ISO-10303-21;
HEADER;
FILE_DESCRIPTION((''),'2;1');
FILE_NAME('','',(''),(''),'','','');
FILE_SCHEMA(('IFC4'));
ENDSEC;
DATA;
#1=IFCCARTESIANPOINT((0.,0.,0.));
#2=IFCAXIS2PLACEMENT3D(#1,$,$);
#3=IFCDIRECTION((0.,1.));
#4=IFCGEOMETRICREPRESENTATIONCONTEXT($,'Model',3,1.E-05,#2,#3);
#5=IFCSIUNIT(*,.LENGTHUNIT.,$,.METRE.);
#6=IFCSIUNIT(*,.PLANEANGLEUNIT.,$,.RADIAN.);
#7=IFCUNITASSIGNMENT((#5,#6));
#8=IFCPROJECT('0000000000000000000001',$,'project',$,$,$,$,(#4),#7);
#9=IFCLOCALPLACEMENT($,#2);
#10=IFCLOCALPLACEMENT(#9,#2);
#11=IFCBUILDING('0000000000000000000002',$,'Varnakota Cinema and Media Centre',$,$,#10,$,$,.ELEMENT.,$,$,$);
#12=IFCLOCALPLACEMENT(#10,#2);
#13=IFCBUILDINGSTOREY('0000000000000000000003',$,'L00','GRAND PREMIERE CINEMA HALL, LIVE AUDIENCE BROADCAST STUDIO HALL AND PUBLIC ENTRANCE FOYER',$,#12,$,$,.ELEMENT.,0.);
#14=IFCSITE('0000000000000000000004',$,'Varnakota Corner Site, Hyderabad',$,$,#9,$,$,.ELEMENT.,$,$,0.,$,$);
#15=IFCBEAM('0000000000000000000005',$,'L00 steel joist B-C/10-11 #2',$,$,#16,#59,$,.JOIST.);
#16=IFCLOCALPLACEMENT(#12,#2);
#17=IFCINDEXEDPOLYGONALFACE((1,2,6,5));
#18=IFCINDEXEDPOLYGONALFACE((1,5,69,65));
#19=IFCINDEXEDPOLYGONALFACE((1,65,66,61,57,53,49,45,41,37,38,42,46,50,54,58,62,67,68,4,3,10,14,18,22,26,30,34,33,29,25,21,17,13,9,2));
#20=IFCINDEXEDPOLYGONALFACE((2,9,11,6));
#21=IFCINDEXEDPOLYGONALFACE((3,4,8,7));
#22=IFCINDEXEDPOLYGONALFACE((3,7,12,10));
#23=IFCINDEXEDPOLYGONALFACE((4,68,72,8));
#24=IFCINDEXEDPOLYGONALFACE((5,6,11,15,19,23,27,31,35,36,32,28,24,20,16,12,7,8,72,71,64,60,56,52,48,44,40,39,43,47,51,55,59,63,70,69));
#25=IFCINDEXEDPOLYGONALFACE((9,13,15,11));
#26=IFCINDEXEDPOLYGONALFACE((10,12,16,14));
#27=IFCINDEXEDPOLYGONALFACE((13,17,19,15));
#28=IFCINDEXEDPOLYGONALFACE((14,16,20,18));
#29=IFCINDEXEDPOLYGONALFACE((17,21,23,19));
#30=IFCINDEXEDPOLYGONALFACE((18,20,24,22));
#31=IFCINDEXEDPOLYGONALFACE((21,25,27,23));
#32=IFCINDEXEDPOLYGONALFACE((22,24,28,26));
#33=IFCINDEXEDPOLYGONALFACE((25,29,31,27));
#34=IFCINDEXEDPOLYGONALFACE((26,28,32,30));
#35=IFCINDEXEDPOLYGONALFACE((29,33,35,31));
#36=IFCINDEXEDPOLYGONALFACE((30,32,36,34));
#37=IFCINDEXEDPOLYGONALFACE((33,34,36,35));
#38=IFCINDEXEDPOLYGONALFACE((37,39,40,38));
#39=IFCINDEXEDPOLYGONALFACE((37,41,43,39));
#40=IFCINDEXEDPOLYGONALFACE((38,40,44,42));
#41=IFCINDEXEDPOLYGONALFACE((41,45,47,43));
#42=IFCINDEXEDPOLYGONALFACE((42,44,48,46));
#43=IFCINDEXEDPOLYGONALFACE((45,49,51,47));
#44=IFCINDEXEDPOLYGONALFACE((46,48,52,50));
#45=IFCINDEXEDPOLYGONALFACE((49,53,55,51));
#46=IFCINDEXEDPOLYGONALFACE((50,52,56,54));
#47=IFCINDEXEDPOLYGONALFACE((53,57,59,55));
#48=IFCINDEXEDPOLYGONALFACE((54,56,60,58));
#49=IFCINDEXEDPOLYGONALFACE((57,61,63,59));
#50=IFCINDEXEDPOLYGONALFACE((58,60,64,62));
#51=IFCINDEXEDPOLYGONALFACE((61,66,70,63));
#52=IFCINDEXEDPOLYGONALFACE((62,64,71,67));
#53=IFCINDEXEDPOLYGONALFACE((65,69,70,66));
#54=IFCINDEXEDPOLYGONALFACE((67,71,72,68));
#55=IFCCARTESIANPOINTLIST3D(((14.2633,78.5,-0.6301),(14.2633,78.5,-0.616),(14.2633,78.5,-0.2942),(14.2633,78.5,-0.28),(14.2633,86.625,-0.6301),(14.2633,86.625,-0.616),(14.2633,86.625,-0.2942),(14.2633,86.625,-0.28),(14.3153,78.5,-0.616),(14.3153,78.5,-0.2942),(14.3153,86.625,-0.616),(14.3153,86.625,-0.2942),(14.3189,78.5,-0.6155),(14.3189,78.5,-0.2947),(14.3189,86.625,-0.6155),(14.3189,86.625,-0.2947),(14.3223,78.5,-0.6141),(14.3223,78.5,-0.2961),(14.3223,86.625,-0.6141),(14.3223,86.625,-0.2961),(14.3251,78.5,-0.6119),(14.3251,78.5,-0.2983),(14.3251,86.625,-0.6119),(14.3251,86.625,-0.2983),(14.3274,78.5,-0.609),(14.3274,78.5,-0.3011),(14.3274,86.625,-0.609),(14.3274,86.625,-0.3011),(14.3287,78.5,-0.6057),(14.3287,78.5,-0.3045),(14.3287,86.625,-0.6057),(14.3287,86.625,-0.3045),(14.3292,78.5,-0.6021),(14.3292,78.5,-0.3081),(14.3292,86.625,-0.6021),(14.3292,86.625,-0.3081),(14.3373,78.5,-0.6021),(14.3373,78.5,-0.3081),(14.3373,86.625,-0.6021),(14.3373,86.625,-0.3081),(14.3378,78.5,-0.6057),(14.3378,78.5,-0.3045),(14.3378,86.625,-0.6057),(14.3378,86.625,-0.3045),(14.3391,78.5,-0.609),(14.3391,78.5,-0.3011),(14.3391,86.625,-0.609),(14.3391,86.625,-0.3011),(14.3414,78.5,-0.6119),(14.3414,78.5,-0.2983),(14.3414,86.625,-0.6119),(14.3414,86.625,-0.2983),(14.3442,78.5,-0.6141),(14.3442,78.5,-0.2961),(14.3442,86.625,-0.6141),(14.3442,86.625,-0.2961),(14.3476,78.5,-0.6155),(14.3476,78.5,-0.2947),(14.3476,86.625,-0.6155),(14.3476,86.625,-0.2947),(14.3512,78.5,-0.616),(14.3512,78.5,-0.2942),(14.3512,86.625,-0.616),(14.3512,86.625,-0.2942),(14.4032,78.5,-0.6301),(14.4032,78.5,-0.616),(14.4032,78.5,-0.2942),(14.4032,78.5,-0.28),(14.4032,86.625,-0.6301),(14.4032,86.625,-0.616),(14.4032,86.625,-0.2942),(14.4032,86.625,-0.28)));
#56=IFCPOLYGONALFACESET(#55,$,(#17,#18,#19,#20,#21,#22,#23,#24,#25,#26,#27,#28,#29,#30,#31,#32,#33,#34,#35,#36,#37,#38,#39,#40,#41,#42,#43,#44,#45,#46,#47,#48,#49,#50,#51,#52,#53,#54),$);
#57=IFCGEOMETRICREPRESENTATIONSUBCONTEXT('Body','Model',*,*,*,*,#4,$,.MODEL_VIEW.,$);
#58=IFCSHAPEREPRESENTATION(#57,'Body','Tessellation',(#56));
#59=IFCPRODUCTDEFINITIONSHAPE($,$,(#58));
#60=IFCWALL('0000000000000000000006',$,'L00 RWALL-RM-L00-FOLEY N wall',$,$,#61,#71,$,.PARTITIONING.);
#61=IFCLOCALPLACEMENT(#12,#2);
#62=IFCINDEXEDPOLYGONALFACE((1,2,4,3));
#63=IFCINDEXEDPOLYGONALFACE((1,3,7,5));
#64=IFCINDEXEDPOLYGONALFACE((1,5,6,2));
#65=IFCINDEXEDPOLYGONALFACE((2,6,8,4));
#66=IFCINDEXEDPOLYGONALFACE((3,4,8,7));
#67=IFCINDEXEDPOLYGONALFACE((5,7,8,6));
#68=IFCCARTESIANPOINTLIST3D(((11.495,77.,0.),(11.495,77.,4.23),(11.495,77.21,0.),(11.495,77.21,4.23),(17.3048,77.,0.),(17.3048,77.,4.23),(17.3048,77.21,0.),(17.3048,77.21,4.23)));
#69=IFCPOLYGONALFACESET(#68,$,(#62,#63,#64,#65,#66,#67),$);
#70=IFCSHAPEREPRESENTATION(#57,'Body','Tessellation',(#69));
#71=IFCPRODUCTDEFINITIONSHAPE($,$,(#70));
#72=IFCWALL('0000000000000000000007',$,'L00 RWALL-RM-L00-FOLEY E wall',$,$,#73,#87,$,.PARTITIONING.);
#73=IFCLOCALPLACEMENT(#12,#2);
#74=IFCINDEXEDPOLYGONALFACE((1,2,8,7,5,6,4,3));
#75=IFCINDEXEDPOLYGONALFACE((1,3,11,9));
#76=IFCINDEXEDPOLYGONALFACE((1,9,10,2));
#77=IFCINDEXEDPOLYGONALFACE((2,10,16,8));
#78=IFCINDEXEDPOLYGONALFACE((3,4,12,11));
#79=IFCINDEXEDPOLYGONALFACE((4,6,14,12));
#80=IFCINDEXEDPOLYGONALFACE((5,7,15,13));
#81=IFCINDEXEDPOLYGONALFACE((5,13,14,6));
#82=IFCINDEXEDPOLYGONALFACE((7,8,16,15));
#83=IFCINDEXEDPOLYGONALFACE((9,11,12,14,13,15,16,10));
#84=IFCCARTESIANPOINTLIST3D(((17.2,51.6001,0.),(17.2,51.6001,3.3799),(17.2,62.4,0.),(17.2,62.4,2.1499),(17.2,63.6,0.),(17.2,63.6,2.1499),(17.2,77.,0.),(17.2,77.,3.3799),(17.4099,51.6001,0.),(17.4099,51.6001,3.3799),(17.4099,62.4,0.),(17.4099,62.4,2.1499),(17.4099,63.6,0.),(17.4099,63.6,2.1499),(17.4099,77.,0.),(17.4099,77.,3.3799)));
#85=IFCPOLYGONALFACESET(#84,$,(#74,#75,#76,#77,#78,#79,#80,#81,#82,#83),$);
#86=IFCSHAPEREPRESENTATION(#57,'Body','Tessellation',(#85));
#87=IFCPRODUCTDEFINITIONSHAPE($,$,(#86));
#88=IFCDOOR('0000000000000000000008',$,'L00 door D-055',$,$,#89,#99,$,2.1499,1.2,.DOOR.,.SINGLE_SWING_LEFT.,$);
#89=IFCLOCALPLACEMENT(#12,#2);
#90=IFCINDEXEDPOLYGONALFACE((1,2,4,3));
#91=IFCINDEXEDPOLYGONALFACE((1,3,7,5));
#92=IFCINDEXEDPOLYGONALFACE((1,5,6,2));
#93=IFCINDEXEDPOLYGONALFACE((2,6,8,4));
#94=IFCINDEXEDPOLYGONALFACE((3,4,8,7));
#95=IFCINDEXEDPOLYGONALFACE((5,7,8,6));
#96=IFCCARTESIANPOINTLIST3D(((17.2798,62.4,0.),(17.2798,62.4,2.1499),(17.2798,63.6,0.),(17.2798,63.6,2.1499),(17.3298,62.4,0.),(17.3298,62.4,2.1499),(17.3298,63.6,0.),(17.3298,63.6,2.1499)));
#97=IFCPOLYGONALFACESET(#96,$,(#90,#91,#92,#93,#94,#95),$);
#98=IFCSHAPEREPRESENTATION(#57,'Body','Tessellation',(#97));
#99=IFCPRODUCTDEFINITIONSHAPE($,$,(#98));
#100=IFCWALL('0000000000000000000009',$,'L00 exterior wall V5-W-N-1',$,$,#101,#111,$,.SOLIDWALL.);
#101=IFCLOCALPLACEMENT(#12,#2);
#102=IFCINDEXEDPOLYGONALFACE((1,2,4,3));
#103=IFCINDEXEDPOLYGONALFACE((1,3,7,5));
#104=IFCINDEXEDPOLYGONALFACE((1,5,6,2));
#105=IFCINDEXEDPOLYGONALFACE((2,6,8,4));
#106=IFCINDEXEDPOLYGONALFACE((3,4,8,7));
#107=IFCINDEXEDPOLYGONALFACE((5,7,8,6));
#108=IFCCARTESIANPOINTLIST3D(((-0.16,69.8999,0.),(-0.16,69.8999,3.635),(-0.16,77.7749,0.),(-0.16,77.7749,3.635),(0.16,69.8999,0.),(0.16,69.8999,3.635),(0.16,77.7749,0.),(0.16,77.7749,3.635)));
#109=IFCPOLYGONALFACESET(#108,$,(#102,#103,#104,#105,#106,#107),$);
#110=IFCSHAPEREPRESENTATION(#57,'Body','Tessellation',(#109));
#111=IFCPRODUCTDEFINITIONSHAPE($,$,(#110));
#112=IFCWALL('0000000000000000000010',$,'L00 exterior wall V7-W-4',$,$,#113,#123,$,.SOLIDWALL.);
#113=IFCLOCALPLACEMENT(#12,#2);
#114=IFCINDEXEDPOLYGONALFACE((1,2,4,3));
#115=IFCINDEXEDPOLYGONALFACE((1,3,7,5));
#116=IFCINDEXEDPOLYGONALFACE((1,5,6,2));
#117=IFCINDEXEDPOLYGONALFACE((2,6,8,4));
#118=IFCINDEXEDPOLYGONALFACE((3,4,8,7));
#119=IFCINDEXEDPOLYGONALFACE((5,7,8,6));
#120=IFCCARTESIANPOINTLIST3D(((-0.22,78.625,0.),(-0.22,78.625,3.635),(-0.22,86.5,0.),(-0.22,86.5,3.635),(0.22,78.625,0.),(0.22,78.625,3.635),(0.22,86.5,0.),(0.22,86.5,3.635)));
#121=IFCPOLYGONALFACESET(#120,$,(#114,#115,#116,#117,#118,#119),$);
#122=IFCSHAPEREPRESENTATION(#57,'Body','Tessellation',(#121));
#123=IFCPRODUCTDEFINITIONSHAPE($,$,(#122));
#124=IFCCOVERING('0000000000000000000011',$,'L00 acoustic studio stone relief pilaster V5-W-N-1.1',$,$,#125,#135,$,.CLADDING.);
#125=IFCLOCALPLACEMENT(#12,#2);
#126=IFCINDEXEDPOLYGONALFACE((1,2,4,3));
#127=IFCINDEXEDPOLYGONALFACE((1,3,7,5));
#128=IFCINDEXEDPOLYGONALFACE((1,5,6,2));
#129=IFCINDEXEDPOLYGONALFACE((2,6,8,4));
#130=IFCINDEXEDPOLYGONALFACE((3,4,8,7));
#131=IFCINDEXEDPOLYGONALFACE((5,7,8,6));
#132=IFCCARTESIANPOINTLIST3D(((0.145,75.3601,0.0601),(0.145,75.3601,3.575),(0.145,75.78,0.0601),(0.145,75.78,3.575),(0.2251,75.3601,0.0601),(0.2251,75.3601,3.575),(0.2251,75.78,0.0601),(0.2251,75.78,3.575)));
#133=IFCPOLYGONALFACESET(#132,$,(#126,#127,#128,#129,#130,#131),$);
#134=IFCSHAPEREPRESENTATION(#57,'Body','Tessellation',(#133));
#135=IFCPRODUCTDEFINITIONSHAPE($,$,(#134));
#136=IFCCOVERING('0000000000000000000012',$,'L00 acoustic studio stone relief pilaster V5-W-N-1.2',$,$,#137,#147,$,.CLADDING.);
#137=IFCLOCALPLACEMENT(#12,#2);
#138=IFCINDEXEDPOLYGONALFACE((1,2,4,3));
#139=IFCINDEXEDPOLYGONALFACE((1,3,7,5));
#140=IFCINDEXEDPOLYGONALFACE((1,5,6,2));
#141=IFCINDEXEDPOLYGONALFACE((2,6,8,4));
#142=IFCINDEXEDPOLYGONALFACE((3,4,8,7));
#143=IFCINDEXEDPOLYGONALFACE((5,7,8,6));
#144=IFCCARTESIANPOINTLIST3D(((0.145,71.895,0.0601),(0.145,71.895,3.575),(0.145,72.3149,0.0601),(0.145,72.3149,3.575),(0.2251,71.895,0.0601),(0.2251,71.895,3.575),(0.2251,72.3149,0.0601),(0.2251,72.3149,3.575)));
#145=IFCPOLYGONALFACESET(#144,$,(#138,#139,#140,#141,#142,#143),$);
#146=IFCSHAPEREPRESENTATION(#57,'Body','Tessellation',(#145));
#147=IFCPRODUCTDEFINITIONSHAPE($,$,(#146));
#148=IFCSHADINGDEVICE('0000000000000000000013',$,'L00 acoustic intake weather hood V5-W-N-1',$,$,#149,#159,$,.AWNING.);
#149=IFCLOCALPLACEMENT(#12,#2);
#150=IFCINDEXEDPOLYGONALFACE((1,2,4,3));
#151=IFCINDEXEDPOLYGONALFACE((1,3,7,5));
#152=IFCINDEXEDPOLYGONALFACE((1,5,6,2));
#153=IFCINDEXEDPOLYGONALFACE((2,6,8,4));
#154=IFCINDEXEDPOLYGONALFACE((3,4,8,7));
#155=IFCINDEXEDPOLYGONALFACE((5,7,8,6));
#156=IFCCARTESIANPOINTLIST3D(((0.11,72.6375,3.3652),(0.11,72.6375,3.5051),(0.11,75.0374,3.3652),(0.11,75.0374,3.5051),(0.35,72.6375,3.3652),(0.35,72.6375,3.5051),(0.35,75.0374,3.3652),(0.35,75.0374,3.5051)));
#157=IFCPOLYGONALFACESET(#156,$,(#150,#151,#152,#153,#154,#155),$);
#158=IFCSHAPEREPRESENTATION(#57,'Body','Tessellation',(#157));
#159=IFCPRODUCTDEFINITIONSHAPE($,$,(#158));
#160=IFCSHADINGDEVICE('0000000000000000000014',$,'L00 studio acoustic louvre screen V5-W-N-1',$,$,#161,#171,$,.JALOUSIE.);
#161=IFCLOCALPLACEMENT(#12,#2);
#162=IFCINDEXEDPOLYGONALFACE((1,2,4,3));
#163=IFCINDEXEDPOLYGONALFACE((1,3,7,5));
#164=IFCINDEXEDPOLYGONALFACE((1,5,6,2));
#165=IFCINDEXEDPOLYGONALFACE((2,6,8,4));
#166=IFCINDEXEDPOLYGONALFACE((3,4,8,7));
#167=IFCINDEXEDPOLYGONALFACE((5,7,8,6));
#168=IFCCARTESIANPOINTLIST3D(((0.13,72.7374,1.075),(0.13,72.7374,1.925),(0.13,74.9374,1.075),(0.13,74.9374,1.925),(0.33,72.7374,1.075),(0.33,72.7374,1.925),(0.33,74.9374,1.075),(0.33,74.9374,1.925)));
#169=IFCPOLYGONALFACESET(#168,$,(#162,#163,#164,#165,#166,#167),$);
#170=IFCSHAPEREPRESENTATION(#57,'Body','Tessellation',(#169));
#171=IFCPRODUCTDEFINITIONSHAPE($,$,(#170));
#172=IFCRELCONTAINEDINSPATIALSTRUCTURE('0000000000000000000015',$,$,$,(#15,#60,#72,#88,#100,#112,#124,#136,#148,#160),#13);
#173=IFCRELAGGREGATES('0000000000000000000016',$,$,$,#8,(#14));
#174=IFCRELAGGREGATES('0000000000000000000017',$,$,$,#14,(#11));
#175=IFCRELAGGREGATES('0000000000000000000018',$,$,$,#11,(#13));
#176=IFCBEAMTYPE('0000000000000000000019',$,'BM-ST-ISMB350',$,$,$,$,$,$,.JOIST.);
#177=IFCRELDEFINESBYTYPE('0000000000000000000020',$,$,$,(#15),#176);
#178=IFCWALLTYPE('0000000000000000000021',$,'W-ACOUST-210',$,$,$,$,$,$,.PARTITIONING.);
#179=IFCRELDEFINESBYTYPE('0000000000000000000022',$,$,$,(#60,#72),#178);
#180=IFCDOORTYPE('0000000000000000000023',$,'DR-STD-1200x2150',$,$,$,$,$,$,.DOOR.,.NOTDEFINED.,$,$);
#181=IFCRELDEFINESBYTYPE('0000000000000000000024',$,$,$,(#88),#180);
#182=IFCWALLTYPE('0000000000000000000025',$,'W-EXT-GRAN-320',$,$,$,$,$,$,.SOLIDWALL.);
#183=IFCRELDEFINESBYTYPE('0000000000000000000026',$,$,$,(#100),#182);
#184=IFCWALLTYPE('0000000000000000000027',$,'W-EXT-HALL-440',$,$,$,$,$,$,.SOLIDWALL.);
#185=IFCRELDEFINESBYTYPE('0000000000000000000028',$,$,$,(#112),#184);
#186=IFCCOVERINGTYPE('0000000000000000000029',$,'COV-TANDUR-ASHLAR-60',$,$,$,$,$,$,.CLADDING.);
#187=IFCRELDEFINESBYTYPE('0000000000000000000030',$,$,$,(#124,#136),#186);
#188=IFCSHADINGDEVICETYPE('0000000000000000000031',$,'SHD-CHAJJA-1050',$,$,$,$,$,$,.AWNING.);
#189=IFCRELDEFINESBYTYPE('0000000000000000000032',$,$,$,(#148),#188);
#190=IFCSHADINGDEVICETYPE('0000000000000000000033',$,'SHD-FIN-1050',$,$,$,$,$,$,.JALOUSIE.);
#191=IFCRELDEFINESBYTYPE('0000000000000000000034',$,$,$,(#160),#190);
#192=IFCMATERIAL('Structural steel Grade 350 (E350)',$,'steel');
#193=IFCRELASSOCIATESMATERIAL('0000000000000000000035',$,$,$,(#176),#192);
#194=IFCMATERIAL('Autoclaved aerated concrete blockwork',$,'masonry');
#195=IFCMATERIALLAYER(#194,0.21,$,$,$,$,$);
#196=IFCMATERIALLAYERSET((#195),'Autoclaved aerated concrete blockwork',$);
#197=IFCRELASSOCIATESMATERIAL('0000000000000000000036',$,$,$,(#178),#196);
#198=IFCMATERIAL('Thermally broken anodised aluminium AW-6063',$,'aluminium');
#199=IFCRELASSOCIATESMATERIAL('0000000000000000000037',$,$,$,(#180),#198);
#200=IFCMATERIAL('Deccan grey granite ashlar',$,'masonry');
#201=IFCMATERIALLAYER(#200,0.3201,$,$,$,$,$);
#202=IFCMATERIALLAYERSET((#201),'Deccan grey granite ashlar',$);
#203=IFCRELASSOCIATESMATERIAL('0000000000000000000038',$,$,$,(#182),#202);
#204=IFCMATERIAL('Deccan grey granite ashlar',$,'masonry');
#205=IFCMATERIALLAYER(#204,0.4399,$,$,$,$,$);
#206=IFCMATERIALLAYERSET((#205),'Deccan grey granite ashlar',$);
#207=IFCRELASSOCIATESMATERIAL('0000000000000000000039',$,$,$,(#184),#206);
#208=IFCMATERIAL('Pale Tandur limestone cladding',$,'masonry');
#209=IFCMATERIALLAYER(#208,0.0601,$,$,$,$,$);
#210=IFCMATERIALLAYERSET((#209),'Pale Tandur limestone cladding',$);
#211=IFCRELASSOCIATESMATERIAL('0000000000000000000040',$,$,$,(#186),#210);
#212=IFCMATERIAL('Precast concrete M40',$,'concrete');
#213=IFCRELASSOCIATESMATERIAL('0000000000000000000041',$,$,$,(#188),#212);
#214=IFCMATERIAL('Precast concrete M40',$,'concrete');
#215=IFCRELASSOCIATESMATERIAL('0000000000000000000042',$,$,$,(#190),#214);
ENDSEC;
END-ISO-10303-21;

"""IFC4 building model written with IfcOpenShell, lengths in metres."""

from ifc_helpers import new_model, si_unit, direction, frame, frame_2d, origin, origin_2d, place, context, subcontext, project, spatial, rectangle, i_section, extrude, material, layer, layer_set, material_profile, profile_set, type_object, element, fill, save


model = new_model("IFC4")

# Units and contexts
model_context = context("Model", 3, precision=1e-05, world=origin(), true_north=direction((0.0, 1.0)))
body_context = subcontext(model_context, "Body", "Model", "MODEL_VIEW")
ifc_project = project(units=[si_unit("LENGTHUNIT", "METRE"), si_unit("PLANEANGLEUNIT", "RADIAN")], contexts=[model_context])

# Site, building, storey
site_placement = place(None, origin())
site = spatial("IfcSite", under=ifc_project, at=site_placement, Name="Varnakota Corner Site, Hyderabad", CompositionType="ELEMENT", RefElevation=0.0)
building_placement = place(site_placement, origin())
building = spatial("IfcBuilding", under=site, at=building_placement, Name="Varnakota Cinema and Media Centre", CompositionType="ELEMENT")
storey_placement = place(building_placement, origin())
storey = spatial("IfcBuildingStorey", under=building, at=storey_placement, Name="L00", Description="GRAND PREMIERE CINEMA HALL, LIVE AUDIENCE BROADCAST STUDIO HALL AND PUBLIC ENTRANCE FOYER", CompositionType="ELEMENT", Elevation=0.0)

# Beam
ifc_material_1 = material(Name="Structural steel Grade 350 (E350)", Category="steel")
ifc_material_profile_1 = material_profile(ifc_material_1, i_section(OverallWidth=0.1399, OverallDepth=0.3501, WebThickness=0.0081, FlangeThickness=0.0142, FilletRadius=0.0139, at=origin_2d()), Name="ISMB 350")
ifc_profile_set_1 = profile_set([ifc_material_profile_1], Name="Structural steel Grade 350 (E350)")
beam_type_1 = type_object("IfcBeamType", Name="BM-ST-ISMB350", PredefinedType="JOIST", material=ifc_profile_set_1)
for number, where, z_axis, x_axis, name in (
    (1, (14.3333, 78.5, -0.4551), (0.0, 1.0, 0.0), (-1.0, 0.0, 0.0), "L00 steel joist B-C/10-11 #2"),
):
    element("IfcBeam", number, at=place(storey_placement, frame(where, z_axis=z_axis, x_axis=x_axis)), inside=storey, type_object=beam_type_1, Name=name, PredefinedType="JOIST", context=body_context, shape_type="SweptSolid", body=[
        extrude(i_section(OverallWidth=0.1399, OverallDepth=0.3501, WebThickness=0.0081, FlangeThickness=0.0142, FilletRadius=0.0139, at=origin_2d()), origin(), (0.0, 0.0, 1.0), 8.125),
    ])

# Wall
ifc_material_2 = material(Name="Autoclaved aerated concrete blockwork", Category="masonry")
ifc_layer_1 = layer(ifc_material_2, 0.21)
ifc_layer_set_1 = layer_set([ifc_layer_1], Name="Autoclaved aerated concrete blockwork")
wall_type_1 = type_object("IfcWallType", Name="W-ACOUST-210", PredefinedType="PARTITIONING", material=ifc_layer_set_1)
wall_1_placement = place(storey_placement, frame((11.4951, 77.105, 0.0), z_axis=(0.0, 0.0, 1.0), x_axis=(1.0, 0.0, 0.0)))
element("IfcWall", 2, at=wall_1_placement, inside=storey, type_object=wall_type_1, Name="L00 RWALL-RM-L00-FOLEY N wall", PredefinedType="PARTITIONING", context=body_context, shape_type="SweptSolid", body=[
    extrude(rectangle(XDim=5.8098, YDim=0.21, at=frame_2d((2.9048, 0.0))), origin(), (0.0, 0.0, 1.0), 4.23),
])

# Wall, opening, door
wall_2_placement = place(storey_placement, frame((17.3049, 77.0, 0.0), z_axis=(0.0, 0.0, 1.0), x_axis=(0.0, -1.0, 0.0)))
wall_2 = element("IfcWall", 3, at=wall_2_placement, inside=storey, type_object=wall_type_1, Name="L00 RWALL-RM-L00-FOLEY E wall", PredefinedType="PARTITIONING", context=body_context, shape_type="SweptSolid", body=[
    extrude(rectangle(XDim=25.3999, YDim=0.21, at=frame_2d((12.7, 0.0))), origin(), (0.0, 0.0, 1.0), 3.3799),
])
opening_placement = place(wall_2_placement, frame((13.3999, 0.0, 0.0)))
opening = element("IfcOpeningElement", 4, at=opening_placement, cuts=wall_2, PredefinedType="OPENING", context=body_context, shape_type="SweptSolid", body=[
    extrude(rectangle(XDim=1.2, YDim=2.1499, at=frame_2d((0.6001, 1.075))), frame((0.0, 0.105, 0.0), z_axis=(0.0, -1.0, 0.0), x_axis=(1.0, 0.0, 0.0)), (0.0, 0.0, 1.0), 0.21),
])
ifc_material_3 = material(Name="Thermally broken anodised aluminium AW-6063", Category="aluminium")
door_type = type_object("IfcDoorType", Name="DR-STD-1200x2150", OperationType="NOTDEFINED", PredefinedType="DOOR", material=ifc_material_3)
door_placement = place(opening_placement, origin())
door = element("IfcDoor", 5, at=door_placement, inside=storey, type_object=door_type, Name="L00 door D-055", OperationType="SINGLE_SWING_LEFT", OverallHeight=2.1499, OverallWidth=1.2, PredefinedType="DOOR", context=body_context, shape_type="SweptSolid", body=[
    extrude(rectangle(XDim=1.2, YDim=2.1499, at=frame_2d((0.6001, 1.075))), frame((0.0, 0.0249, 0.0), z_axis=(0.0, -1.0, 0.0), x_axis=(1.0, 0.0, 0.0)), (0.0, 0.0, 1.0), 0.05),
])
fill(opening, door)

# Walls
ifc_material_4 = material(Name="Deccan grey granite ashlar", Category="masonry")
ifc_layer_2 = layer(ifc_material_4, 0.3201)
ifc_layer_set_2 = layer_set([ifc_layer_2], Name="Deccan grey granite ashlar")
wall_type_2 = type_object("IfcWallType", Name="W-EXT-GRAN-320", PredefinedType="SOLIDWALL", material=ifc_layer_set_2)
wall_3_placement = place(storey_placement, frame((0.0, 77.7749, 0.0), z_axis=(0.0, 0.0, 1.0), x_axis=(0.0, -1.0, 0.0)))
element("IfcWall", 6, at=wall_3_placement, inside=storey, type_object=wall_type_2, Name="L00 exterior wall V5-W-N-1", PredefinedType="SOLIDWALL", context=body_context, shape_type="SweptSolid", body=[
    extrude(rectangle(XDim=7.875, YDim=0.3201, at=frame_2d((3.9375, 0.0))), origin(), (0.0, 0.0, 1.0), 3.635),
])
ifc_material_5 = material(Name="Deccan grey granite ashlar", Category="masonry")
ifc_layer_3 = layer(ifc_material_5, 0.4399)
ifc_layer_set_3 = layer_set([ifc_layer_3], Name="Deccan grey granite ashlar")
wall_type_3 = type_object("IfcWallType", Name="W-EXT-HALL-440", PredefinedType="SOLIDWALL", material=ifc_layer_set_3)
wall_4_placement = place(storey_placement, frame((0.0, 86.5, 0.0), z_axis=(0.0, 0.0, 1.0), x_axis=(0.0, -1.0, 0.0)))
element("IfcWall", 7, at=wall_4_placement, inside=storey, type_object=wall_type_3, Name="L00 exterior wall V7-W-4", PredefinedType="SOLIDWALL", context=body_context, shape_type="SweptSolid", body=[
    extrude(rectangle(XDim=7.875, YDim=0.4399, at=frame_2d((3.9375, 0.0))), origin(), (0.0, 0.0, 1.0), 3.635),
])

# Coverings
ifc_material_6 = material(Name="Pale Tandur limestone cladding", Category="masonry")
ifc_layer_4 = layer(ifc_material_6, 0.0601)
ifc_layer_set_4 = layer_set([ifc_layer_4], Name="Pale Tandur limestone cladding")
covering_type = type_object("IfcCoveringType", Name="COV-TANDUR-ASHLAR-60", PredefinedType="CLADDING", material=ifc_layer_set_4)
for number, where, z_axis, x_axis, name in (
    (8, (0.1851, 75.5701, 0.0601), (0.0, 0.0, 1.0), (0.0, -1.0, 0.0), "L00 acoustic studio stone relief pilaster V5-W-N-1.1"),
    (9, (0.1851, 72.105, 0.0601), (0.0, 0.0, 1.0), (0.0, -1.0, 0.0), "L00 acoustic studio stone relief pilaster V5-W-N-1.2"),
):
    element("IfcCovering", number, at=place(storey_placement, frame(where, z_axis=z_axis, x_axis=x_axis)), inside=storey, type_object=covering_type, Name=name, PredefinedType="CLADDING", context=body_context, shape_type="SweptSolid", body=[
        extrude(rectangle(XDim=0.4199, YDim=0.0801, at=origin_2d()), origin(), (0.0, 0.0, 1.0), 3.5149),
    ])

# Shading devices
ifc_material_7 = material(Name="Precast concrete M40", Category="concrete")
shading_device_type_1 = type_object("IfcShadingDeviceType", Name="SHD-CHAJJA-1050", PredefinedType="AWNING", material=ifc_material_7)
shading_device_1_placement = place(storey_placement, frame((0.23, 73.8374, 3.3652), z_axis=(0.0, 0.0, 1.0), x_axis=(0.0, -1.0, 0.0)))
element("IfcShadingDevice", 10, at=shading_device_1_placement, inside=storey, type_object=shading_device_type_1, Name="L00 acoustic intake weather hood V5-W-N-1", PredefinedType="AWNING", context=body_context, shape_type="SweptSolid", body=[
    extrude(rectangle(XDim=2.3999, YDim=0.24, at=origin_2d()), origin(), (0.0, 0.0, 1.0), 0.1399),
])
ifc_material_8 = material(Name="Precast concrete M40", Category="concrete")
shading_device_type_2 = type_object("IfcShadingDeviceType", Name="SHD-FIN-1050", PredefinedType="JALOUSIE", material=ifc_material_8)
shading_device_2_placement = place(storey_placement, frame((0.23, 73.8374, 1.075), z_axis=(0.0, 0.0, 1.0), x_axis=(0.0, -1.0, 0.0)))
element("IfcShadingDevice", 11, at=shading_device_2_placement, inside=storey, type_object=shading_device_type_2, Name="L00 studio acoustic louvre screen V5-W-N-1", PredefinedType="JALOUSIE", context=body_context, shape_type="SweptSolid", body=[
    extrude(rectangle(XDim=2.2, YDim=0.2, at=origin_2d()), origin(), (0.0, 0.0, 1.0), 0.8501),
])

save(model, "model.ifc")
